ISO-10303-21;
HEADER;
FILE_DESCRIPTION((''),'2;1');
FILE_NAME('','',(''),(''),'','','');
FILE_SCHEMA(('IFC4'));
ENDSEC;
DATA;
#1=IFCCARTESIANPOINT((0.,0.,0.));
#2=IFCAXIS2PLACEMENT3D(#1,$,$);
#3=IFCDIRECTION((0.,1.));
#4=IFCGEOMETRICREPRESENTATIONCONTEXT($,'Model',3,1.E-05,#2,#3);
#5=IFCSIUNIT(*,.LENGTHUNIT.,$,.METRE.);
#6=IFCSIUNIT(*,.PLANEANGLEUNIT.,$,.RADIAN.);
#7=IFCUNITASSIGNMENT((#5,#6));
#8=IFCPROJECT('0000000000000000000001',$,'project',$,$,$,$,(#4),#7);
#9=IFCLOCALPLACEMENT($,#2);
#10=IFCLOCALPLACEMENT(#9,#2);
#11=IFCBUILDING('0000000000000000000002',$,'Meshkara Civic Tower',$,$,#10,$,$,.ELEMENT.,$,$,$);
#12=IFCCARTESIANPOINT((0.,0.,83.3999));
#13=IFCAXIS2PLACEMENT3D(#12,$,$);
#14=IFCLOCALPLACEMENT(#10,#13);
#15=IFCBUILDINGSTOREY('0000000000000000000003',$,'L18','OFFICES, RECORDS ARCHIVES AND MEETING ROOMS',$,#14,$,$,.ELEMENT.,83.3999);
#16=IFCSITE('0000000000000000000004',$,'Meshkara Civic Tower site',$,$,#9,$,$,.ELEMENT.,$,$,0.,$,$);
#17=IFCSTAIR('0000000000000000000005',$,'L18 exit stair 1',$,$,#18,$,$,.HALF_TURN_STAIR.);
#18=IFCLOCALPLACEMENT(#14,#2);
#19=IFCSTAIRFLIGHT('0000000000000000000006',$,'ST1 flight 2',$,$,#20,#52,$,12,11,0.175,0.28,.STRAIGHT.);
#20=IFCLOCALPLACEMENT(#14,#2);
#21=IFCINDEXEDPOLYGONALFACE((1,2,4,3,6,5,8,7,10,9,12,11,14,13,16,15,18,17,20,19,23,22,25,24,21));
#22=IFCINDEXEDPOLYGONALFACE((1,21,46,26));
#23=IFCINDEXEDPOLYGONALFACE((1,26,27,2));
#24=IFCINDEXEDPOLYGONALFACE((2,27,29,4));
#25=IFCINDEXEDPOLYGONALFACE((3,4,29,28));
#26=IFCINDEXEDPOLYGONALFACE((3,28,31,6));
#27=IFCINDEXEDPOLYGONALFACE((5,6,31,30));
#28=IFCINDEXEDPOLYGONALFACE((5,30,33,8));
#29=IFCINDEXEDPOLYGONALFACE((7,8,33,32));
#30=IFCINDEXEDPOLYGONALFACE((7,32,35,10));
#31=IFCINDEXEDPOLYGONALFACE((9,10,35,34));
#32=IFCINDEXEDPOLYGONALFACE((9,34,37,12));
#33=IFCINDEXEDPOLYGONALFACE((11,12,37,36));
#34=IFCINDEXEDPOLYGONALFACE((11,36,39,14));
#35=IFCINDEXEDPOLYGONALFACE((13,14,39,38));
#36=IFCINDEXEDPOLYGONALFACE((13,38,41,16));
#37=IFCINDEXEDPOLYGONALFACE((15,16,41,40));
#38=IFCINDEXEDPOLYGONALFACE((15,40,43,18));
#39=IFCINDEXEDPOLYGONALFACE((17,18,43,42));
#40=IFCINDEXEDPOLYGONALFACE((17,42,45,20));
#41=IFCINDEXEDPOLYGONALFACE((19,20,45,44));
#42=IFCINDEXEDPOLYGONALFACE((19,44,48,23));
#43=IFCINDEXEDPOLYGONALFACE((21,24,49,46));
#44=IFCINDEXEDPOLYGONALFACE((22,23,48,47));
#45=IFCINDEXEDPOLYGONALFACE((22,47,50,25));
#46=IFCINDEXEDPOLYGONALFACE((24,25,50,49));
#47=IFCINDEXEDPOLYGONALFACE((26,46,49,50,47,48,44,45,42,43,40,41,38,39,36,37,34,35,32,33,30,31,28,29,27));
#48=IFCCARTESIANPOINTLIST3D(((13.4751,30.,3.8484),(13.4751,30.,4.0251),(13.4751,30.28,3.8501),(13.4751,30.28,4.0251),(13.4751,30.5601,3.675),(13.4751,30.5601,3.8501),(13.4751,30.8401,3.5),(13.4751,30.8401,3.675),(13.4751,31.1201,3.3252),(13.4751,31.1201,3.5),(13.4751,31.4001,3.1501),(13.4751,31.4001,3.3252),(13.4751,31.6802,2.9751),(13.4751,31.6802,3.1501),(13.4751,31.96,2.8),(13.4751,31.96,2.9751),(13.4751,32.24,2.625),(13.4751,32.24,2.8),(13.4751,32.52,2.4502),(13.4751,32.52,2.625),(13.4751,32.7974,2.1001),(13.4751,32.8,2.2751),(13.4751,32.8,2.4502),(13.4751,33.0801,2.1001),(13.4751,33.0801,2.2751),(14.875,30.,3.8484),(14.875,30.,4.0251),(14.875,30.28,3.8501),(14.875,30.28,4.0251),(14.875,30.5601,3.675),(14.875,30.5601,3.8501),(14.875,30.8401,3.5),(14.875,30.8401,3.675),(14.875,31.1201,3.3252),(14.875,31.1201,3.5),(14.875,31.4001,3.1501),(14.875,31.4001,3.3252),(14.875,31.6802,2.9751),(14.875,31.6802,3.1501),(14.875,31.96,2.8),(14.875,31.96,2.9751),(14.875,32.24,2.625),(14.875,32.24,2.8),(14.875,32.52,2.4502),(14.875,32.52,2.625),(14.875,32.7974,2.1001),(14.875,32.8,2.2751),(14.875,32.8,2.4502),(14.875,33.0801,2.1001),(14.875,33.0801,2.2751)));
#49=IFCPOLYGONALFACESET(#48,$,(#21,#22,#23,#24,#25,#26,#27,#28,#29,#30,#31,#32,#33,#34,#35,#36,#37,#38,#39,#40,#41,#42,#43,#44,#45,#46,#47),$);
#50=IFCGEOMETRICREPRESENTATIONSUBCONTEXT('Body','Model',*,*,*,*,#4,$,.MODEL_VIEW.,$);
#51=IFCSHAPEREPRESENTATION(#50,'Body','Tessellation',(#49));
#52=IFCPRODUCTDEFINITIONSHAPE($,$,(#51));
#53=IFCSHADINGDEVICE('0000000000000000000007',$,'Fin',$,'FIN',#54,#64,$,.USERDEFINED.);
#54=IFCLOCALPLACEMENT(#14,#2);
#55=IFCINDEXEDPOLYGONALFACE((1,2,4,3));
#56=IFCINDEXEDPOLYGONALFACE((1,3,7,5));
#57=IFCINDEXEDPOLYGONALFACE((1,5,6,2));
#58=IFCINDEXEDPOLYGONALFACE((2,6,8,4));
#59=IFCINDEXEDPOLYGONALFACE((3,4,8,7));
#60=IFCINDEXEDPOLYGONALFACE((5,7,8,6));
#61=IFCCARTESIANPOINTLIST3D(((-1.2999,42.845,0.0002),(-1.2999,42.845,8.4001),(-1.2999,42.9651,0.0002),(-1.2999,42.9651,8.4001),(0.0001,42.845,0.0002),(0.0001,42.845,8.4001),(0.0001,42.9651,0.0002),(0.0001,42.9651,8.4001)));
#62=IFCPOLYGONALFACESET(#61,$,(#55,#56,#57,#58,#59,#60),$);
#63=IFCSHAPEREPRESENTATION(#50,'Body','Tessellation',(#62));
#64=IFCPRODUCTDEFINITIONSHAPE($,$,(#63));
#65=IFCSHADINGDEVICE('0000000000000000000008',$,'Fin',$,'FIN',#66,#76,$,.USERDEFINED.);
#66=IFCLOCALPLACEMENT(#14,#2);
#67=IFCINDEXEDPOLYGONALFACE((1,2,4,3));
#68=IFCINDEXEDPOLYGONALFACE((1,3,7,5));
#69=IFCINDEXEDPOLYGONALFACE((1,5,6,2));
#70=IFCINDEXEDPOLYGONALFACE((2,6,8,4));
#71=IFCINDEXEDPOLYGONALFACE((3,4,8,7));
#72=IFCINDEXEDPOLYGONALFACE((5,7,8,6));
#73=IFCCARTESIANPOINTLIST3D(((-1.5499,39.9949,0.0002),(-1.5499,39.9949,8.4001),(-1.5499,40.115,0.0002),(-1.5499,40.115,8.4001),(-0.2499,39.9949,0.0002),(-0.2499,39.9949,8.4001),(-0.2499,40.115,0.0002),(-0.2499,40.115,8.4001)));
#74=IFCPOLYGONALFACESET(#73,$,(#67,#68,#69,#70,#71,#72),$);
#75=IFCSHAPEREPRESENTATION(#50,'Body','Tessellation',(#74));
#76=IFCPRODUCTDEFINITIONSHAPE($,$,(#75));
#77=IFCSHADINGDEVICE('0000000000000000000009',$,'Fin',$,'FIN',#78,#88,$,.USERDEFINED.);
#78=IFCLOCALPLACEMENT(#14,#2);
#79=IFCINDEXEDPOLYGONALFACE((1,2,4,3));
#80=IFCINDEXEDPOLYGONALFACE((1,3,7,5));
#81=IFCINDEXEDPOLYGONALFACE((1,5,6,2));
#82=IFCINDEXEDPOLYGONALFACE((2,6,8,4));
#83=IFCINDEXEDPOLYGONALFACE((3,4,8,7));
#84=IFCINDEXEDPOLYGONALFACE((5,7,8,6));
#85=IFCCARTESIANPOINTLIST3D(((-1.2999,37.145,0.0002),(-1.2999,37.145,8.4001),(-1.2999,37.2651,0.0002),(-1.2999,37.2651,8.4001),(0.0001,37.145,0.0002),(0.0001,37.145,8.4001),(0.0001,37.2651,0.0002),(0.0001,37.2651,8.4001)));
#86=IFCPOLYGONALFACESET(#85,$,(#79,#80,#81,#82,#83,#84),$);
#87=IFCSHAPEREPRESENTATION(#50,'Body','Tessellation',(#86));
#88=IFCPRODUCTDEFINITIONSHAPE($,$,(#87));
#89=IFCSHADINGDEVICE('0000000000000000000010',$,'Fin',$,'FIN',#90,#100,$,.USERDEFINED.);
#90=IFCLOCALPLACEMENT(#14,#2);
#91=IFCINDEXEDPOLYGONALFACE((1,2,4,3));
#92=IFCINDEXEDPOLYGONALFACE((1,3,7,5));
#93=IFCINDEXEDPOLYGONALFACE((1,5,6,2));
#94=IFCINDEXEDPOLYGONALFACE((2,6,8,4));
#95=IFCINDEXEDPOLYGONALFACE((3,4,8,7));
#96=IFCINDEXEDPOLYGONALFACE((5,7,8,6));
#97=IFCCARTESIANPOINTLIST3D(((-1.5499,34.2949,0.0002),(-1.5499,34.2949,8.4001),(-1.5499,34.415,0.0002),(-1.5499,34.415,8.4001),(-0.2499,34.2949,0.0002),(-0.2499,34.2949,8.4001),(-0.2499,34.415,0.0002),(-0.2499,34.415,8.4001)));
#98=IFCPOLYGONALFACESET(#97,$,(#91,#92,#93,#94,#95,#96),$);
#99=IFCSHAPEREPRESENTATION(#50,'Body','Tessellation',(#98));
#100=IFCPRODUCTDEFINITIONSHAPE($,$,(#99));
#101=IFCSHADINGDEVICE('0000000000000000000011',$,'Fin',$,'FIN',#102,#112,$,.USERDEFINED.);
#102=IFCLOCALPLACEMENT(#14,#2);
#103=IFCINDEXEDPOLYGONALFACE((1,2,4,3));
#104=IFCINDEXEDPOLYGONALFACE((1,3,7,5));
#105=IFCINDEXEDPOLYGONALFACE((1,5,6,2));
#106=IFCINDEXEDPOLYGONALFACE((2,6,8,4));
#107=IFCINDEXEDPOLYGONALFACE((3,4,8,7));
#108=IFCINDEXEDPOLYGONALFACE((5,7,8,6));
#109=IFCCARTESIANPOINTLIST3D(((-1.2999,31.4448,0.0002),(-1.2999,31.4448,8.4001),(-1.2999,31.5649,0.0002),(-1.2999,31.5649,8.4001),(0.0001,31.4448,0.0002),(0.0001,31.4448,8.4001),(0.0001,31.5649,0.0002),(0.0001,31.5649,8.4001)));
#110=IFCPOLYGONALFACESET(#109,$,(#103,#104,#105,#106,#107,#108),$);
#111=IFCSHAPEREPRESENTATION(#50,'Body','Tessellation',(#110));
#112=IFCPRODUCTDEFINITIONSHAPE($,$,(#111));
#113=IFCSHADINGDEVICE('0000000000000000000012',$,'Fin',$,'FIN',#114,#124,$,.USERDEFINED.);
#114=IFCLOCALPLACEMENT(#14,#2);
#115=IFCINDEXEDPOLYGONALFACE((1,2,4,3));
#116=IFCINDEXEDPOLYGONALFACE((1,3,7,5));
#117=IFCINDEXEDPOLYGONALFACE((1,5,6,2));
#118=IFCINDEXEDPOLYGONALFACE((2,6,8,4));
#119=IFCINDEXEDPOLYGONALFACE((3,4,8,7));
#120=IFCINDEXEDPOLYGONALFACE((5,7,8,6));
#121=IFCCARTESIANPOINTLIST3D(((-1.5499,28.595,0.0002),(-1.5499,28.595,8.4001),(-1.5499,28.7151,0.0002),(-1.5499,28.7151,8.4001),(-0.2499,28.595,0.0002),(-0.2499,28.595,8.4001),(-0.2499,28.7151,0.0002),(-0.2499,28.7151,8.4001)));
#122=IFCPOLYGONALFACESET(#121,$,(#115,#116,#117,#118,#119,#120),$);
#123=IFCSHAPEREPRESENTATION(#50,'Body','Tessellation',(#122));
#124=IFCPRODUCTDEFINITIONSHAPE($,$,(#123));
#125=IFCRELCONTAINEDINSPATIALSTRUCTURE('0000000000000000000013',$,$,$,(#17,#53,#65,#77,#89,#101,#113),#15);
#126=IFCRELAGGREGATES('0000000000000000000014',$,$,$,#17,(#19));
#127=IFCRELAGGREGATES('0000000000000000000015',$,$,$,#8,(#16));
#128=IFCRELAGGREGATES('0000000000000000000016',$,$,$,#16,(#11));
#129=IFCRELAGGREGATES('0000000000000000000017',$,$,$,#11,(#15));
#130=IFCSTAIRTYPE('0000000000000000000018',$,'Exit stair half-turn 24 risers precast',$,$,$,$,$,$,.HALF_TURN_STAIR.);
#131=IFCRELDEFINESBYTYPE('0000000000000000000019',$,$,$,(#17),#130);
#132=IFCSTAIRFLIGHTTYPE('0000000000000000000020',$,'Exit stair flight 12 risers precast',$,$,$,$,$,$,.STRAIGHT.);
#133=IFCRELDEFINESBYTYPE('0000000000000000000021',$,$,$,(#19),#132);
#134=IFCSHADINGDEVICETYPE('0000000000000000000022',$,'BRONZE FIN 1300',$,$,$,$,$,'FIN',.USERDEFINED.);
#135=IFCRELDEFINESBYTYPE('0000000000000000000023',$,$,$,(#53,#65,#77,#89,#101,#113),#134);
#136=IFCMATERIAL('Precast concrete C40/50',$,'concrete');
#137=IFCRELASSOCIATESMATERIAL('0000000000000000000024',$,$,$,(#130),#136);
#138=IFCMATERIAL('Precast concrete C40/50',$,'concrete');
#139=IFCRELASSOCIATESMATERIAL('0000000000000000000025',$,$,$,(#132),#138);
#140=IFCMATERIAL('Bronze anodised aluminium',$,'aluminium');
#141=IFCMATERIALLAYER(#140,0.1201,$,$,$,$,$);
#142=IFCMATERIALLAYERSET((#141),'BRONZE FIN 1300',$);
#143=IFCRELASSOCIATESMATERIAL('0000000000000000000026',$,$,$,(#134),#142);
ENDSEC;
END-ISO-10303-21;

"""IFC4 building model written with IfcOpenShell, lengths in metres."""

from ifc_helpers import new_model, si_unit, direction, frame, origin, origin_2d, place, context, subcontext, project, spatial, polyline, rectangle, outline, extrude, material, layer, layer_set, type_object, element, aggregate, save


model = new_model("IFC4")

# Units and contexts
model_context = context("Model", 3, precision=1e-05, world=origin(), true_north=direction((0.0, 1.0)))
body_context = subcontext(model_context, "Body", "Model", "MODEL_VIEW")
ifc_project = project(units=[si_unit("LENGTHUNIT", "METRE"), si_unit("PLANEANGLEUNIT", "RADIAN")], contexts=[model_context])

# Site, building, storey
site_placement = place(None, origin())
site = spatial("IfcSite", under=ifc_project, at=site_placement, Name="Meshkara Civic Tower site", CompositionType="ELEMENT", RefElevation=0.0)
building_placement = place(site_placement, origin())
building = spatial("IfcBuilding", under=site, at=building_placement, Name="Meshkara Civic Tower", CompositionType="ELEMENT")
storey_placement = place(building_placement, frame((0.0, 0.0, 83.3999)))
storey = spatial("IfcBuildingStorey", under=building, at=storey_placement, Name="L18", Description="OFFICES, RECORDS ARCHIVES AND MEETING ROOMS", CompositionType="ELEMENT", Elevation=83.3999)

# Stair, stair flight
ifc_material_1 = material(Name="Precast concrete C40/50", Category="concrete")
stair_type = type_object("IfcStairType", Name="Exit stair half-turn 24 risers precast", PredefinedType="HALF_TURN_STAIR", material=ifc_material_1)
stair_placement = place(storey_placement, origin())
stair = element("IfcStair", 1, at=stair_placement, inside=storey, type_object=stair_type, Name="L18 exit stair 1", PredefinedType="HALF_TURN_STAIR")
ifc_material_2 = material(Name="Precast concrete C40/50", Category="concrete")
stair_flight_type = type_object("IfcStairFlightType", Name="Exit stair flight 12 risers precast", PredefinedType="STRAIGHT", material=ifc_material_2)
stair_flight_placement = place(storey_placement, frame((14.175, 33.0801, 2.1001), z_axis=(0.0, 0.0, 1.0), x_axis=(0.0, -1.0, 0.0)))
stair_flight = element("IfcStairFlight", 2, at=stair_flight_placement, type_object=stair_flight_type, Name="ST1 flight 2", NumberOfRisers=12, NumberOfTreads=11, PredefinedType="STRAIGHT", RiserHeight=0.175, TreadLength=0.28, context=body_context, shape_type="SweptSolid", body=[
    extrude(outline(polyline([(0.0, 0.0), (0.0, 0.175), (0.28, 0.175), (0.28, 0.3501), (0.5601, 0.3501), (0.5601, 0.5249), (0.8401, 0.5249), (0.8401, 0.7), (1.1201, 0.7), (1.1201, 0.875), (1.3999, 0.875), (1.3999, 1.05), (1.6799, 1.05), (1.6799, 1.2251), (1.96, 1.2251), (1.96, 1.3999), (2.24, 1.3999), (2.24, 1.575), (2.52, 1.575), (2.52, 1.75), (2.8, 1.75), (2.8, 1.925), (3.0801, 1.925), (3.0801, 2.1001), (3.0801, 1.7483), (0.2827, 0.0), (0.0, 0.0)])), frame((0.0, 0.7, 0.0), z_axis=(0.0, -1.0, 0.0), x_axis=(1.0, 0.0, 0.0)), (0.0, 0.0, 1.0), 1.3999),
])
aggregate(stair, [stair_flight])

# Shading devices
ifc_material_3 = material(Name="Bronze anodised aluminium", Category="aluminium")
ifc_layer_1 = layer(ifc_material_3, 0.1201)
ifc_layer_set_1 = layer_set([ifc_layer_1], Name="BRONZE FIN 1300")
shading_device_type = type_object("IfcShadingDeviceType", Name="BRONZE FIN 1300", ElementType="FIN", PredefinedType="USERDEFINED", material=ifc_layer_set_1)
for number, where, z_axis, x_axis, name in (
    (3, (-0.6499, 42.905, 0.0002), (0.0, 0.0, 1.0), (0.0, -1.0, 0.0), "Fin"),
    (4, (-0.8999, 40.0549, 0.0002), (0.0, 0.0, 1.0), (0.0, -1.0, 0.0), "Fin"),
    (5, (-0.6499, 37.2051, 0.0002), (0.0, 0.0, 1.0), (0.0, -1.0, 0.0), "Fin"),
    (6, (-0.8999, 34.355, 0.0002), (0.0, 0.0, 1.0), (0.0, -1.0, 0.0), "Fin"),
    (7, (-0.6499, 31.5049, 0.0002), (0.0, 0.0, 1.0), (0.0, -1.0, 0.0), "Fin"),
    (8, (-0.8999, 28.655, 0.0002), (0.0, 0.0, 1.0), (0.0, -1.0, 0.0), "Fin"),
):
    element("IfcShadingDevice", number, at=place(storey_placement, frame(where, z_axis=z_axis, x_axis=x_axis)), inside=storey, type_object=shading_device_type, Name=name, ObjectType="FIN", PredefinedType="USERDEFINED", context=body_context, shape_type="SweptSolid", body=[
        extrude(rectangle(XDim=0.1201, YDim=1.3, at=origin_2d()), origin(), (0.0, 0.0, 1.0), 8.3999),
    ])

save(model, "model.ifc")
